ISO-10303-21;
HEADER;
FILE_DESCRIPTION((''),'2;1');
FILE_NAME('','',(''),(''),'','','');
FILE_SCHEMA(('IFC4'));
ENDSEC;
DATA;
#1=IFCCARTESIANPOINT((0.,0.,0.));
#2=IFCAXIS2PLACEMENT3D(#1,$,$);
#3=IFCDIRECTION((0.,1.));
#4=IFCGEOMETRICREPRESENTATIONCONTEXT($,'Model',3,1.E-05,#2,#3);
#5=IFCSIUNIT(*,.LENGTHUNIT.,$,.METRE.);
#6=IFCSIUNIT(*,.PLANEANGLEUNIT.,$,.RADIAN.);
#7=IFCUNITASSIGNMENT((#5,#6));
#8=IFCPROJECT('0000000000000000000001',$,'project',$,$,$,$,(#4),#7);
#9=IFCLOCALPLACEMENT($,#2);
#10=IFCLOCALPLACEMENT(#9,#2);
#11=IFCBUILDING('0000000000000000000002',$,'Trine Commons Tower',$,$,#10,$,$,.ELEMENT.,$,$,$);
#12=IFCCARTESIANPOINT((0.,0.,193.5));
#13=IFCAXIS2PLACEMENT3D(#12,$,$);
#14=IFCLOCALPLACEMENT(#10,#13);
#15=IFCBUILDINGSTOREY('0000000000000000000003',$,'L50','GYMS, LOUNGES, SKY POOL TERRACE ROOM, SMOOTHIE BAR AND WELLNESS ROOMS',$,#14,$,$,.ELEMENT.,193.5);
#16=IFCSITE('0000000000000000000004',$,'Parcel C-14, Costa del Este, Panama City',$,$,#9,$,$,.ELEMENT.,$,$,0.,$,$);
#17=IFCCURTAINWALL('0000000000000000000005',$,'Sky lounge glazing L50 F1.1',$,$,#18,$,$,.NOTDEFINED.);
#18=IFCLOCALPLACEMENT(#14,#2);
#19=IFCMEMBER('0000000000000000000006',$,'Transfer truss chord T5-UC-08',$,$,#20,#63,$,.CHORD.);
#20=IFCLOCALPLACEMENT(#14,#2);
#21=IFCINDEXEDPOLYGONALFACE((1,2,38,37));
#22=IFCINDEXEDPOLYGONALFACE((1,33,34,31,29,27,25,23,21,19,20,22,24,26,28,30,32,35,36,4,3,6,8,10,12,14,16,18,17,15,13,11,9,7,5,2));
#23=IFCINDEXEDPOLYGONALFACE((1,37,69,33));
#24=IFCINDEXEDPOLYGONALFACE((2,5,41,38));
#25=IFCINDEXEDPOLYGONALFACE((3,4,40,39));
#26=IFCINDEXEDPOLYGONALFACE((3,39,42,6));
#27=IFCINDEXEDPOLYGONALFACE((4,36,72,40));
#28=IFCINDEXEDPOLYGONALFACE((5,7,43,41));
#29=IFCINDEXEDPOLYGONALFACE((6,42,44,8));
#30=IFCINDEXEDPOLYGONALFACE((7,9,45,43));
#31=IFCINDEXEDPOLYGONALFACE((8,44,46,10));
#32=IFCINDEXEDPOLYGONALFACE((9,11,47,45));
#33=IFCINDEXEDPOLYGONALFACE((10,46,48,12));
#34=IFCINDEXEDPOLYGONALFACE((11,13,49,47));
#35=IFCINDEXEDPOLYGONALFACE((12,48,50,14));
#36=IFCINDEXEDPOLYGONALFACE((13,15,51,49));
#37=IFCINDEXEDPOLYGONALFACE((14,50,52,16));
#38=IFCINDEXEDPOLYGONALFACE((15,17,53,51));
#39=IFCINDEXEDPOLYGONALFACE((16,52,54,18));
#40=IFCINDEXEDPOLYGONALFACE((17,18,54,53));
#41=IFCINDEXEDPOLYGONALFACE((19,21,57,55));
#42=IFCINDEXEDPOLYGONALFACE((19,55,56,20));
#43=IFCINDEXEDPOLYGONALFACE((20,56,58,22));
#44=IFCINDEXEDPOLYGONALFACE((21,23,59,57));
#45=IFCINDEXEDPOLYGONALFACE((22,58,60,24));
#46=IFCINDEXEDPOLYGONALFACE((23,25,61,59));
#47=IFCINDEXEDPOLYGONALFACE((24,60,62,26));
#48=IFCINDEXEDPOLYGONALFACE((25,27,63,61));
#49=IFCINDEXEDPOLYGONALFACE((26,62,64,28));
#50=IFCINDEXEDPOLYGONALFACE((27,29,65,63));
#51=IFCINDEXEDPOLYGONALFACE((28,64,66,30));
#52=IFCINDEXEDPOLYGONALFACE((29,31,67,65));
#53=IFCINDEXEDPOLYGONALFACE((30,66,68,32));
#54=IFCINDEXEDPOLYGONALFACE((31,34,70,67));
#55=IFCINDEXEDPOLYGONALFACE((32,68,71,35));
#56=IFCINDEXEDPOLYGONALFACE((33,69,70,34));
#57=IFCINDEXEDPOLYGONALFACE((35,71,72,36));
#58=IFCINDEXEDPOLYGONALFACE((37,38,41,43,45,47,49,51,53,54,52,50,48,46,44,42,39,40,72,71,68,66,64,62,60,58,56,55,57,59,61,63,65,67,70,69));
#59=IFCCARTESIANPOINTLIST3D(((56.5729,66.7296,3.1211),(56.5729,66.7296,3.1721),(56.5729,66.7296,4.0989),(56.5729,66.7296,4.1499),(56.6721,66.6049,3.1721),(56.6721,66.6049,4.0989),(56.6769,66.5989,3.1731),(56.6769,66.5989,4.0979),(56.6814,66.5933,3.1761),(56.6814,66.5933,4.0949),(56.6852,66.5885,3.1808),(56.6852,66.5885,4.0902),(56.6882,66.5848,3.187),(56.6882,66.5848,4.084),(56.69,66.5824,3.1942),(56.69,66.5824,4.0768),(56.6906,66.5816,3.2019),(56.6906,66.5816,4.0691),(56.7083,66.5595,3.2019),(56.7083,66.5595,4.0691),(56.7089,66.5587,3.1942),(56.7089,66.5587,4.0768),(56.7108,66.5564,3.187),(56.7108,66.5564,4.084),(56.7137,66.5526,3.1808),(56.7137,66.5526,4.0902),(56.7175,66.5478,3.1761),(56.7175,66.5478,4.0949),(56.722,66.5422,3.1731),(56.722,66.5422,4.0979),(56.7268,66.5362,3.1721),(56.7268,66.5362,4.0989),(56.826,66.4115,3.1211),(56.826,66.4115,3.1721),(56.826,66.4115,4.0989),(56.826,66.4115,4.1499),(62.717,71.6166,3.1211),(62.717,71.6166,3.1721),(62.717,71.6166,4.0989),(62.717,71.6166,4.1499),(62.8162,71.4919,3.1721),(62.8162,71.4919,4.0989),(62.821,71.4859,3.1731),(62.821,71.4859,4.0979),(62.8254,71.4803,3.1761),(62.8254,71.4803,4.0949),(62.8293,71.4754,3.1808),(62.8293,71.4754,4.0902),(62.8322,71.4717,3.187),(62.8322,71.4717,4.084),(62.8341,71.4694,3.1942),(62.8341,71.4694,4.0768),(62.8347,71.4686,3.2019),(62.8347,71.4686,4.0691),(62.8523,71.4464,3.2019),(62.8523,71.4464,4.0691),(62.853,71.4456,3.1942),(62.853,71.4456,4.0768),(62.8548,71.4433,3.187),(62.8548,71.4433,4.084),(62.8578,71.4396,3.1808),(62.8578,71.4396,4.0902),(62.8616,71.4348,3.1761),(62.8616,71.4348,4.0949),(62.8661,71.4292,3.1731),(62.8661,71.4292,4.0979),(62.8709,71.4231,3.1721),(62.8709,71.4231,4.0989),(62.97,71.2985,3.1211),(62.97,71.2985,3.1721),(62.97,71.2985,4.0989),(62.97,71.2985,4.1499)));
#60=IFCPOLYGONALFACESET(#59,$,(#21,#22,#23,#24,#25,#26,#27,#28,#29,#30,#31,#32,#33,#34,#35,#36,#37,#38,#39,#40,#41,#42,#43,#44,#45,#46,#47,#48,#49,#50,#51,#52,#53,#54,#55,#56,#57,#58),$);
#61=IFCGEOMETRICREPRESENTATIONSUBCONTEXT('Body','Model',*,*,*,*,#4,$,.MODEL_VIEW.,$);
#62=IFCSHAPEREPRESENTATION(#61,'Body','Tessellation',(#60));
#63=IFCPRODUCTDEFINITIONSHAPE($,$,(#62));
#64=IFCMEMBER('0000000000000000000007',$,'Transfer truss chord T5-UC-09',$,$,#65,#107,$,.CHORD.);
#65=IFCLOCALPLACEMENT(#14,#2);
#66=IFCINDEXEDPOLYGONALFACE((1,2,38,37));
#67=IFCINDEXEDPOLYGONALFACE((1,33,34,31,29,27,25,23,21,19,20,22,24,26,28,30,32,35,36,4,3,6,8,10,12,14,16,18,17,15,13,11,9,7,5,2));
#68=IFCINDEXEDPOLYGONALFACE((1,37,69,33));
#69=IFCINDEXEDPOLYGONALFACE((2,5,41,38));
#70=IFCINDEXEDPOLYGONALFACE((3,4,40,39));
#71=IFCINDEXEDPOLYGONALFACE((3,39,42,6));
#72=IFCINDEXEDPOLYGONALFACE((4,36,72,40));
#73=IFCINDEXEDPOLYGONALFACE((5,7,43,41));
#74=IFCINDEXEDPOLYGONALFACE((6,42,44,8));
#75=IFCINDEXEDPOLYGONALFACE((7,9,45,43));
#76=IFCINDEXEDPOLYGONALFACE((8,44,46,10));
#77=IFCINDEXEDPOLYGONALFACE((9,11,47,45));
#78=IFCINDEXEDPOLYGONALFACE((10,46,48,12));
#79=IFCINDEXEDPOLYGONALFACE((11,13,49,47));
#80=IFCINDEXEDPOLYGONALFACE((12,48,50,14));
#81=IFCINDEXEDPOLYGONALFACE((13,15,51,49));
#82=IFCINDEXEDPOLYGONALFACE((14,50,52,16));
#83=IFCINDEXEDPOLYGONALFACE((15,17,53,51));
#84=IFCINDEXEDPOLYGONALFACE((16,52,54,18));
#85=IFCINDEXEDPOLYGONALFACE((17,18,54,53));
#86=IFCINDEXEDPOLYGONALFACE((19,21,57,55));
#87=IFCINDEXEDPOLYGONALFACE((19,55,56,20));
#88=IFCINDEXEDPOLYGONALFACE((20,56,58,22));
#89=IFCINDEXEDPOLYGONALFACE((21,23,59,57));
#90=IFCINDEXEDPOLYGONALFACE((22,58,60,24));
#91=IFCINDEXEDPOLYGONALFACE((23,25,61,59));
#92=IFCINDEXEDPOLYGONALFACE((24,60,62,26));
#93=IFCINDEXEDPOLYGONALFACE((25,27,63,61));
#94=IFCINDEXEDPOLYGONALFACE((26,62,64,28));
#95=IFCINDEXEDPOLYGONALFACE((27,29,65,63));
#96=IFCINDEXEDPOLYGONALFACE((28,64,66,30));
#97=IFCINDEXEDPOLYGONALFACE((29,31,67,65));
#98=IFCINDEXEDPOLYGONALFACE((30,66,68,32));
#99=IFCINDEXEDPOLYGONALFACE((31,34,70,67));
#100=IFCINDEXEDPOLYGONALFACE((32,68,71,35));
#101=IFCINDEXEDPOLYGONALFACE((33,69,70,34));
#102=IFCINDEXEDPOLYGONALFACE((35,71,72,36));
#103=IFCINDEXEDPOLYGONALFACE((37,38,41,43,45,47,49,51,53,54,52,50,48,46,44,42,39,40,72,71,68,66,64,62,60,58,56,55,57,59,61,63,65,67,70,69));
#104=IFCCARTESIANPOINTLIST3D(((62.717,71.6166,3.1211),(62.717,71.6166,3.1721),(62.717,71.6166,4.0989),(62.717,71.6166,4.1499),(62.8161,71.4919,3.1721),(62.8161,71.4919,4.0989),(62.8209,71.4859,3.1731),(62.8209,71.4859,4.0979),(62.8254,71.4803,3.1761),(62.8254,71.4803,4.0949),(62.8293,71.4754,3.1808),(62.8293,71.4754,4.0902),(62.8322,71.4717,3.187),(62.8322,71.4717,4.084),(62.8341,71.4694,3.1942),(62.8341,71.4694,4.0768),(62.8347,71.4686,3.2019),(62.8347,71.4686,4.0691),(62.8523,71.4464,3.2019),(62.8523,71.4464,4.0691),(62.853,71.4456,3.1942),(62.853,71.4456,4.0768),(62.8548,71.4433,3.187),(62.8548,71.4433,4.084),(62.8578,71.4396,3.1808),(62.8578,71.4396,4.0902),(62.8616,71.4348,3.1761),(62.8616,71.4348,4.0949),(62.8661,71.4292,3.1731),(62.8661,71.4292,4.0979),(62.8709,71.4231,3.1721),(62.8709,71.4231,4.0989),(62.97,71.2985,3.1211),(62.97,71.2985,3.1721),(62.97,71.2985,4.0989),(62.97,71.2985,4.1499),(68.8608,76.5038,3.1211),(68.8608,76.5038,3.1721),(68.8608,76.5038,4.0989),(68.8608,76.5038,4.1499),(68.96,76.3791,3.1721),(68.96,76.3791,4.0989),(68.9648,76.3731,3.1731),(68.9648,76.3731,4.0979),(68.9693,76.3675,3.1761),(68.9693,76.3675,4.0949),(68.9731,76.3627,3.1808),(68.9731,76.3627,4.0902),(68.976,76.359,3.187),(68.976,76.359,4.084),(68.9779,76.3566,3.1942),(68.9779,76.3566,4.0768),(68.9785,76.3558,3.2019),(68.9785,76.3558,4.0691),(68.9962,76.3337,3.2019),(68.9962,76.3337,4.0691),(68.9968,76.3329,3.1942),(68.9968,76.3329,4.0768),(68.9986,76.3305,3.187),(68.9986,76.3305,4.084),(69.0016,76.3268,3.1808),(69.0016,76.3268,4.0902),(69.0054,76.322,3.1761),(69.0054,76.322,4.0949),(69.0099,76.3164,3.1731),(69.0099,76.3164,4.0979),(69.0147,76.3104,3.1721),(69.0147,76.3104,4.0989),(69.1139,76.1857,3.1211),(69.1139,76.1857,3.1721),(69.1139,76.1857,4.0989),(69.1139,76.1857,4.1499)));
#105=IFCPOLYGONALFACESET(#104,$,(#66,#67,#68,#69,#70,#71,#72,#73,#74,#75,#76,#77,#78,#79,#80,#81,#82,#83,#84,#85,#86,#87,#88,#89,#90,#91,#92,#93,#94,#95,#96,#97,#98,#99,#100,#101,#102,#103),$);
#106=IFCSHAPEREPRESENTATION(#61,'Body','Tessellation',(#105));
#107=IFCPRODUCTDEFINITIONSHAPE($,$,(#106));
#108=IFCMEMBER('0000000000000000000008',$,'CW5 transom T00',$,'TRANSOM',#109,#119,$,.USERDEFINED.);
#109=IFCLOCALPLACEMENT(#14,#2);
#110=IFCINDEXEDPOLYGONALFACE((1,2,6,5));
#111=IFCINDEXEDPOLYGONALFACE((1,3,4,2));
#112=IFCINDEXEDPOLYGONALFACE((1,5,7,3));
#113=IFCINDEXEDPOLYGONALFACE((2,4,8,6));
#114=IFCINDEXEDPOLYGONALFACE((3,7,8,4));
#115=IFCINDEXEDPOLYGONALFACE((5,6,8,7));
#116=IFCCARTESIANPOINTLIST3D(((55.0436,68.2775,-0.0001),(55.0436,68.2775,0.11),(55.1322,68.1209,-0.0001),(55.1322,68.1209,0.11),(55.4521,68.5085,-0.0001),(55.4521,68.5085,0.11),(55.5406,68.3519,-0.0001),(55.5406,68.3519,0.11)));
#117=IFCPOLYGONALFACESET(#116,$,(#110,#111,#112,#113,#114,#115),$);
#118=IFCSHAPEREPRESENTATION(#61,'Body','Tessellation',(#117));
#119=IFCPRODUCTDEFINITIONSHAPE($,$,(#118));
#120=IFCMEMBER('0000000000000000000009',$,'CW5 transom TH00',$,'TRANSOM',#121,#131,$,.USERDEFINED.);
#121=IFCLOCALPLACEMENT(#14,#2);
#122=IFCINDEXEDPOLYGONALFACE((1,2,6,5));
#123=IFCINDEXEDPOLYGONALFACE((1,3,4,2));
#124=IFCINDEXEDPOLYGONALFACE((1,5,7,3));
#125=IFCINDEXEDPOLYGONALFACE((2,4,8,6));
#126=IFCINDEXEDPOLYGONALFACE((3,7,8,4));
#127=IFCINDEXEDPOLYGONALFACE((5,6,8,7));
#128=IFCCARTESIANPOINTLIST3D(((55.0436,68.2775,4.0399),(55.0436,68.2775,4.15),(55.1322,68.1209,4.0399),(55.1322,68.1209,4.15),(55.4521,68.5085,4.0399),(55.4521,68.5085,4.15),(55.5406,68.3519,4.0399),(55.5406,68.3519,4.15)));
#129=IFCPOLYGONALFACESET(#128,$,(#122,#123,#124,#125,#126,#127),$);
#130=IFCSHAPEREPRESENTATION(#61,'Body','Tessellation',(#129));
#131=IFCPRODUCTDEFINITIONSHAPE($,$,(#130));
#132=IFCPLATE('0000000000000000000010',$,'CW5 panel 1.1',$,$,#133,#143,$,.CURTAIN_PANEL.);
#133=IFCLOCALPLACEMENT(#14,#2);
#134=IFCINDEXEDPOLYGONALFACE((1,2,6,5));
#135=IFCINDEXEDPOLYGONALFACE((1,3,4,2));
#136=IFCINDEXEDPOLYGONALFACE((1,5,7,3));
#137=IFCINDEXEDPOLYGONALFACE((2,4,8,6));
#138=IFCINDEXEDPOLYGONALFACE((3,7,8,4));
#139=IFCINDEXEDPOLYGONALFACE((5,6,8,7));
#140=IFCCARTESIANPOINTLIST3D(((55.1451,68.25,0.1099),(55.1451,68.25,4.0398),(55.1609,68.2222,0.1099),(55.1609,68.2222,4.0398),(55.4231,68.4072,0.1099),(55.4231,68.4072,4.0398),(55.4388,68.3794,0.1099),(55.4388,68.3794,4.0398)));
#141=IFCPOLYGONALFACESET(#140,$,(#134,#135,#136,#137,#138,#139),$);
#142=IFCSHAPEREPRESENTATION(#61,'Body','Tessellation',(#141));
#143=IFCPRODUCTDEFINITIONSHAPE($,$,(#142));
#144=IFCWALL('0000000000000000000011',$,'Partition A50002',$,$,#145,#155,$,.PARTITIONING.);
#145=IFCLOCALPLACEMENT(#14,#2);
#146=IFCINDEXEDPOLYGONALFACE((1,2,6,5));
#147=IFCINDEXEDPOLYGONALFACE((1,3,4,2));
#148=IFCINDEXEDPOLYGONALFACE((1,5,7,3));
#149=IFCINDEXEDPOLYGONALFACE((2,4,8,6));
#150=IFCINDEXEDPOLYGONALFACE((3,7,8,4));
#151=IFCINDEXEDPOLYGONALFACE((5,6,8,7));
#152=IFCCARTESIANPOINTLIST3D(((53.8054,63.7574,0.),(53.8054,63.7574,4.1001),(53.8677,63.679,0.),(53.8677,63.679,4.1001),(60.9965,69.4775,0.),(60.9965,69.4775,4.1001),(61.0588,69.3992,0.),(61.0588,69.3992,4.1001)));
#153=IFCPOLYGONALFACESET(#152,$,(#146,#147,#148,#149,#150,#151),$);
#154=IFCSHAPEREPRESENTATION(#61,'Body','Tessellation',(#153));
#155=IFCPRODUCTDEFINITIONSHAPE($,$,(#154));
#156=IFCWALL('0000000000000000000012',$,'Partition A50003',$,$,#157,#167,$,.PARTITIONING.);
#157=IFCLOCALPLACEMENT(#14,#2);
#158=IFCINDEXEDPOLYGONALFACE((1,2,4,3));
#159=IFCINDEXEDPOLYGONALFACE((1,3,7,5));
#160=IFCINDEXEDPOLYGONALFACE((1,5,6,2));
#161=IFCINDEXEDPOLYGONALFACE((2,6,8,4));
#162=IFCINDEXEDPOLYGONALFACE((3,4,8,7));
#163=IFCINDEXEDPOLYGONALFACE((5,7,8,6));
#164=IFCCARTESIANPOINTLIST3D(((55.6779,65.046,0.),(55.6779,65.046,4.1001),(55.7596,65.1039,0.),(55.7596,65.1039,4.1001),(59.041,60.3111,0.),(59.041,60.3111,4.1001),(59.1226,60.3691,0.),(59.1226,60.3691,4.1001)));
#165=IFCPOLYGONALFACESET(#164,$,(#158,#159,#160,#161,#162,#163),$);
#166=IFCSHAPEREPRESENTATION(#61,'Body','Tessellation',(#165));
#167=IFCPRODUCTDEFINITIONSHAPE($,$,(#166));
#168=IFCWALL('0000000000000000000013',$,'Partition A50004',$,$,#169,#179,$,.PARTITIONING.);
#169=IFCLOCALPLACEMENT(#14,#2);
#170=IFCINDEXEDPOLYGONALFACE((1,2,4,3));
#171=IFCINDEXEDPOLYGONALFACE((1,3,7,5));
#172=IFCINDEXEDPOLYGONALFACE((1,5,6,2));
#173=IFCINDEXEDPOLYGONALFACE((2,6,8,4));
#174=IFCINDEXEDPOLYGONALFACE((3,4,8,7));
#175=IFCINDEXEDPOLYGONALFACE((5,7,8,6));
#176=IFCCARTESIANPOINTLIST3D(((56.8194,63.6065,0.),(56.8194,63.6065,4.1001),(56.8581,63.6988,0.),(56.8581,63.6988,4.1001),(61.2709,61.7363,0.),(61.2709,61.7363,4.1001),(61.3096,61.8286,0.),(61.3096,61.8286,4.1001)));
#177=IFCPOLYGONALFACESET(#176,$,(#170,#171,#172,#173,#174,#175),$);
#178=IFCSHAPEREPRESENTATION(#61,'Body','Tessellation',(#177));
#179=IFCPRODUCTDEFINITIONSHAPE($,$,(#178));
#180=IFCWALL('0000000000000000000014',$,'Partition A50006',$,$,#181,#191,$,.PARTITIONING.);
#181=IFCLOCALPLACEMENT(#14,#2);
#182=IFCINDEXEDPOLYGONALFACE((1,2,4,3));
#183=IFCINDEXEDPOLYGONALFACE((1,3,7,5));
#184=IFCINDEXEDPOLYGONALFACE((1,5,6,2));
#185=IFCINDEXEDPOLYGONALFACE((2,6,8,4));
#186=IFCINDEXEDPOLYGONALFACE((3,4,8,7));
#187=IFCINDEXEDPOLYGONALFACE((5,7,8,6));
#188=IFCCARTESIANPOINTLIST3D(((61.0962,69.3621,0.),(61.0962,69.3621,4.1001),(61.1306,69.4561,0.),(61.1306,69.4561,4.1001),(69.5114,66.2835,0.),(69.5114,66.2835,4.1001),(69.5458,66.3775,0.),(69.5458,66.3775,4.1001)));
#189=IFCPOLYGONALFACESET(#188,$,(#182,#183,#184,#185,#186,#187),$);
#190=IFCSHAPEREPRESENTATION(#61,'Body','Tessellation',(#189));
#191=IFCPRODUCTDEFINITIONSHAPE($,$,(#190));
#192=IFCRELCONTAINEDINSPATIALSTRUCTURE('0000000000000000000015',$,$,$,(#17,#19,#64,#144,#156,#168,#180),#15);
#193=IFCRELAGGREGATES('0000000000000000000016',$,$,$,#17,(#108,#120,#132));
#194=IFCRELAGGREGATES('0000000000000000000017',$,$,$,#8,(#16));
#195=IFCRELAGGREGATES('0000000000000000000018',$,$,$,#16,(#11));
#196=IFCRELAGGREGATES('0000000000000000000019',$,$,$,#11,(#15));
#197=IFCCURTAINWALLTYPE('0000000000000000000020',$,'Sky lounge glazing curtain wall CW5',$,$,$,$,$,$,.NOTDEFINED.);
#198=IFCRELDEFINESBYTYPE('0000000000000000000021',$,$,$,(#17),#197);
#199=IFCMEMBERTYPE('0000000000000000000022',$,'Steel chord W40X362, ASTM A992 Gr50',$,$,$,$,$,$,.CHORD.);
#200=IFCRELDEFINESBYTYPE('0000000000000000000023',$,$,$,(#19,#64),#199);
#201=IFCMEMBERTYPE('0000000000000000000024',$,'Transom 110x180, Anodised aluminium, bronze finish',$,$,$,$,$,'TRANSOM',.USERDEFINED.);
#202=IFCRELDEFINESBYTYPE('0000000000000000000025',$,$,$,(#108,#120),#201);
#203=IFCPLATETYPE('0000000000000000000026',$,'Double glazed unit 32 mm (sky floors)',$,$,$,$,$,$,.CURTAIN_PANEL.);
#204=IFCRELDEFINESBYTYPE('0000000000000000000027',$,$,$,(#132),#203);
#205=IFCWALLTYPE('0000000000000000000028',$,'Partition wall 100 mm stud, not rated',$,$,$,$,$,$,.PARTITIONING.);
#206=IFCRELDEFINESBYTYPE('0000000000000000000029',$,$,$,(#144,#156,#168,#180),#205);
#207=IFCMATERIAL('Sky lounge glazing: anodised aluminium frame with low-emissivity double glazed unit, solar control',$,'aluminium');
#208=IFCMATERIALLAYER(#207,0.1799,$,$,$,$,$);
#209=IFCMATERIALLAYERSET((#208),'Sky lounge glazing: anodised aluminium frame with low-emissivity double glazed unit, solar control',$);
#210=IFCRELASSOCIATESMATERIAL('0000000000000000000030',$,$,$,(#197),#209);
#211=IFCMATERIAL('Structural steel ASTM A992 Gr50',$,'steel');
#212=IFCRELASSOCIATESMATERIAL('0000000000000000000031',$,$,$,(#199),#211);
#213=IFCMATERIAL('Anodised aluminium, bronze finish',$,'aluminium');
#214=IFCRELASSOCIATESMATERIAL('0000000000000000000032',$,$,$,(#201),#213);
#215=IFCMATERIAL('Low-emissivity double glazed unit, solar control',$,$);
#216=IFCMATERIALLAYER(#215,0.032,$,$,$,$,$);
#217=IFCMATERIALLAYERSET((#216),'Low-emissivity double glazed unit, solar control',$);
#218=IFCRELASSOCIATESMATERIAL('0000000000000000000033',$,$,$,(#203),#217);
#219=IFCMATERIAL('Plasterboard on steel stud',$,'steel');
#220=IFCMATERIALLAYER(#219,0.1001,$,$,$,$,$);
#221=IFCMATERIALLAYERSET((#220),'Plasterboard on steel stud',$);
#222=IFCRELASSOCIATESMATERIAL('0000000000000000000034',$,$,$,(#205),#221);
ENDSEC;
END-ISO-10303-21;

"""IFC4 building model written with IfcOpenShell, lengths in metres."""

from ifc_helpers import new_model, si_unit, direction, frame, frame_2d, origin, origin_2d, place, context, subcontext, project, spatial, rectangle, i_section, extrude, material, layer, layer_set, material_profile, profile_set, type_object, element, aggregate, save


model = new_model("IFC4")

# Units and contexts
model_context = context("Model", 3, precision=1e-05, world=origin(), true_north=direction((0.0, 1.0)))
body_context = subcontext(model_context, "Body", "Model", "MODEL_VIEW")
ifc_project = project(units=[si_unit("LENGTHUNIT", "METRE"), si_unit("PLANEANGLEUNIT", "RADIAN")], contexts=[model_context])

# Site, building, storey
site_placement = place(None, origin())
site = spatial("IfcSite", under=ifc_project, at=site_placement, Name="Parcel C-14, Costa del Este, Panama City", CompositionType="ELEMENT", RefElevation=0.0)
building_placement = place(site_placement, origin())
building = spatial("IfcBuilding", under=site, at=building_placement, Name="Trine Commons Tower", CompositionType="ELEMENT")
storey_placement = place(building_placement, frame((0.0, 0.0, 193.5)))
storey = spatial("IfcBuildingStorey", under=building, at=storey_placement, Name="L50", Description="GYMS, LOUNGES, SKY POOL TERRACE ROOM, SMOOTHIE BAR AND WELLNESS ROOMS", CompositionType="ELEMENT", Elevation=193.5)

# Curtain wall
ifc_material_1 = material(Name="Sky lounge glazing: anodised aluminium frame with low-emissivity double glazed unit, solar control", Category="aluminium")
ifc_layer_1 = layer(ifc_material_1, 0.1799)
ifc_layer_set_1 = layer_set([ifc_layer_1], Name="Sky lounge glazing: anodised aluminium frame with low-emissivity double glazed unit, solar control")
curtain_wall_type = type_object("IfcCurtainWallType", Name="Sky lounge glazing curtain wall CW5", PredefinedType="NOTDEFINED", material=ifc_layer_set_1)
curtain_wall_placement = place(storey_placement, origin())
curtain_wall = element("IfcCurtainWall", 1, at=curtain_wall_placement, inside=storey, type_object=curtain_wall_type, Name="Sky lounge glazing L50 F1.1", PredefinedType="NOTDEFINED")
ifc_material_2 = material(Name="Anodised aluminium, bronze finish", Category="aluminium")

# Shared definitions
ifc_material_3 = material(Name="Structural steel ASTM A992 Gr50", Category="steel")

# Members
ifc_material_profile_1 = material_profile(ifc_material_3, i_section(OverallWidth=0.4065, OverallDepth=1.0288, WebThickness=0.0283, FlangeThickness=0.051, FilletRadius=0.0298, at=origin_2d()), Name="W40X362")
ifc_profile_set_1 = profile_set([ifc_material_profile_1], Name="Structural steel ASTM A992 Gr50")
member_type_1 = type_object("IfcMemberType", Name="Steel chord W40X362, ASTM A992 Gr50", PredefinedType="CHORD", material=ifc_profile_set_1)
for number, where, z_axis, x_axis, name in (
    (2, (56.6995, 66.5706, 3.6355), (0.782622, 0.622497, 0.0), (-0.622497, 0.782622, 0.0), "Transfer truss chord T5-UC-08"),
    (3, (62.8435, 71.4575, 3.6355), (0.782595, 0.622531, 0.0), (-0.622531, 0.782595, 0.0), "Transfer truss chord T5-UC-09"),
):
    element("IfcMember", number, at=place(storey_placement, frame(where, z_axis=z_axis, x_axis=x_axis)), inside=storey, type_object=member_type_1, Name=name, PredefinedType="CHORD", context=body_context, shape_type="SweptSolid", body=[
        extrude(i_section(OverallWidth=0.4065, OverallDepth=1.0288, WebThickness=0.0283, FlangeThickness=0.051, FilletRadius=0.0298, at=origin_2d()), origin(), (0.0, 0.0, 1.0), 7.8506),
    ])

# Members
ifc_material_profile_2 = material_profile(ifc_material_2, rectangle(XDim=0.1799, YDim=0.1101, at=origin_2d()), Name="Transom 110x180")
ifc_profile_set_2 = profile_set([ifc_material_profile_2], Name="Anodised aluminium, bronze finish")
member_type_2 = type_object("IfcMemberType", Name="Transom 110x180, Anodised aluminium, bronze finish", ElementType="TRANSOM", PredefinedType="USERDEFINED", material=ifc_profile_set_2)
member_1_placement = place(storey_placement, frame((55.0879, 68.1992, 0.0549), z_axis=(0.870476, 0.492212, 0.0), x_axis=(-0.492212, 0.870476, 0.0)))
member_1 = element("IfcMember", 4, at=member_1_placement, type_object=member_type_2, Name="CW5 transom T00", ObjectType="TRANSOM", PredefinedType="USERDEFINED", context=body_context, shape_type="SweptSolid", body=[
    extrude(rectangle(XDim=0.1799, YDim=0.1101, at=origin_2d()), origin(), (0.0, 0.0, 1.0), 0.4692),
])
member_2_placement = place(storey_placement, frame((55.0879, 68.1992, 4.095), z_axis=(0.870476, 0.492212, 0.0), x_axis=(-0.492212, 0.870476, 0.0)))
member_2 = element("IfcMember", 5, at=member_2_placement, type_object=member_type_2, Name="CW5 transom TH00", ObjectType="TRANSOM", PredefinedType="USERDEFINED", context=body_context, shape_type="SweptSolid", body=[
    extrude(rectangle(XDim=0.1799, YDim=0.1101, at=origin_2d()), origin(), (0.0, 0.0, 1.0), 0.4692),
])

# Plate
ifc_material_4 = material(Name="Low-emissivity double glazed unit, solar control")
ifc_layer_2 = layer(ifc_material_4, 0.032)
ifc_layer_set_2 = layer_set([ifc_layer_2], Name="Low-emissivity double glazed unit, solar control")
plate_type = type_object("IfcPlateType", Name="Double glazed unit 32 mm (sky floors)", PredefinedType="CURTAIN_PANEL", material=ifc_layer_set_2)
plate_placement = place(storey_placement, frame((55.292, 68.3147, 0.1099), z_axis=(0.0, 0.0, 1.0), x_axis=(0.870356, 0.492424, 0.0)))
plate = element("IfcPlate", 6, at=plate_placement, type_object=plate_type, Name="CW5 panel 1.1", PredefinedType="CURTAIN_PANEL", context=body_context, shape_type="SweptSolid", body=[
    extrude(rectangle(XDim=0.3193, YDim=0.032, at=origin_2d()), origin(), (0.0, 0.0, 1.0), 3.9299),
])
aggregate(curtain_wall, [member_1, member_2, plate])

# Walls
ifc_material_5 = material(Name="Plasterboard on steel stud", Category="steel")
ifc_layer_3 = layer(ifc_material_5, 0.1001)
ifc_layer_set_3 = layer_set([ifc_layer_3], Name="Plasterboard on steel stud")
wall_type_1 = type_object("IfcWallType", Name="Partition wall 100 mm stud, not rated", PredefinedType="PARTITIONING", material=ifc_layer_set_3)
wall_1_placement = place(storey_placement, frame((53.8367, 63.7183, 0.0), z_axis=(0.0, 0.0, 1.0), x_axis=(0.782603, 0.622522, 0.0)))
element("IfcWall", 7, at=wall_1_placement, inside=storey, type_object=wall_type_1, Name="Partition A50002", PredefinedType="PARTITIONING", context=body_context, shape_type="SweptSolid", body=[
    extrude(rectangle(XDim=9.1887, YDim=0.1001, at=frame_2d((4.5942, 0.0))), origin(), (0.0, 0.0, 1.0), 4.1001),
])
wall_2_placement = place(storey_placement, frame((55.7188, 65.075, 0.0), z_axis=(0.0, 0.0, 1.0), x_axis=(0.579069, -0.815279, 0.0)))
element("IfcWall", 8, at=wall_2_placement, inside=storey, type_object=wall_type_1, Name="Partition A50003", PredefinedType="PARTITIONING", context=body_context, shape_type="SweptSolid", body=[
    extrude(rectangle(XDim=5.8076, YDim=0.1001, at=frame_2d((2.9038, 0.0))), origin(), (0.0, 0.0, 1.0), 4.1001),
])
wall_3_placement = place(storey_placement, frame((56.8389, 63.6526, 0.0), z_axis=(0.0, 0.0, 1.0), x_axis=(0.921943, -0.387324, 0.0)))
element("IfcWall", 9, at=wall_3_placement, inside=storey, type_object=wall_type_1, Name="Partition A50004", PredefinedType="PARTITIONING", context=body_context, shape_type="SweptSolid", body=[
    extrude(rectangle(XDim=4.8284, YDim=0.1001, at=frame_2d((2.4141, 0.0))), origin(), (0.0, 0.0, 1.0), 4.1001),
])
wall_4_placement = place(storey_placement, frame((61.1133, 69.4092, 0.0), z_axis=(0.0, 0.0, 1.0), x_axis=(0.939128, -0.343567, 0.0)))
element("IfcWall", 10, at=wall_4_placement, inside=storey, type_object=wall_type_1, Name="Partition A50006", PredefinedType="PARTITIONING", context=body_context, shape_type="SweptSolid", body=[
    extrude(rectangle(XDim=8.9607, YDim=0.1001, at=frame_2d((4.4805, 0.0))), origin(), (0.0, 0.0, 1.0), 4.1001),
])

save(model, "model.ifc")
